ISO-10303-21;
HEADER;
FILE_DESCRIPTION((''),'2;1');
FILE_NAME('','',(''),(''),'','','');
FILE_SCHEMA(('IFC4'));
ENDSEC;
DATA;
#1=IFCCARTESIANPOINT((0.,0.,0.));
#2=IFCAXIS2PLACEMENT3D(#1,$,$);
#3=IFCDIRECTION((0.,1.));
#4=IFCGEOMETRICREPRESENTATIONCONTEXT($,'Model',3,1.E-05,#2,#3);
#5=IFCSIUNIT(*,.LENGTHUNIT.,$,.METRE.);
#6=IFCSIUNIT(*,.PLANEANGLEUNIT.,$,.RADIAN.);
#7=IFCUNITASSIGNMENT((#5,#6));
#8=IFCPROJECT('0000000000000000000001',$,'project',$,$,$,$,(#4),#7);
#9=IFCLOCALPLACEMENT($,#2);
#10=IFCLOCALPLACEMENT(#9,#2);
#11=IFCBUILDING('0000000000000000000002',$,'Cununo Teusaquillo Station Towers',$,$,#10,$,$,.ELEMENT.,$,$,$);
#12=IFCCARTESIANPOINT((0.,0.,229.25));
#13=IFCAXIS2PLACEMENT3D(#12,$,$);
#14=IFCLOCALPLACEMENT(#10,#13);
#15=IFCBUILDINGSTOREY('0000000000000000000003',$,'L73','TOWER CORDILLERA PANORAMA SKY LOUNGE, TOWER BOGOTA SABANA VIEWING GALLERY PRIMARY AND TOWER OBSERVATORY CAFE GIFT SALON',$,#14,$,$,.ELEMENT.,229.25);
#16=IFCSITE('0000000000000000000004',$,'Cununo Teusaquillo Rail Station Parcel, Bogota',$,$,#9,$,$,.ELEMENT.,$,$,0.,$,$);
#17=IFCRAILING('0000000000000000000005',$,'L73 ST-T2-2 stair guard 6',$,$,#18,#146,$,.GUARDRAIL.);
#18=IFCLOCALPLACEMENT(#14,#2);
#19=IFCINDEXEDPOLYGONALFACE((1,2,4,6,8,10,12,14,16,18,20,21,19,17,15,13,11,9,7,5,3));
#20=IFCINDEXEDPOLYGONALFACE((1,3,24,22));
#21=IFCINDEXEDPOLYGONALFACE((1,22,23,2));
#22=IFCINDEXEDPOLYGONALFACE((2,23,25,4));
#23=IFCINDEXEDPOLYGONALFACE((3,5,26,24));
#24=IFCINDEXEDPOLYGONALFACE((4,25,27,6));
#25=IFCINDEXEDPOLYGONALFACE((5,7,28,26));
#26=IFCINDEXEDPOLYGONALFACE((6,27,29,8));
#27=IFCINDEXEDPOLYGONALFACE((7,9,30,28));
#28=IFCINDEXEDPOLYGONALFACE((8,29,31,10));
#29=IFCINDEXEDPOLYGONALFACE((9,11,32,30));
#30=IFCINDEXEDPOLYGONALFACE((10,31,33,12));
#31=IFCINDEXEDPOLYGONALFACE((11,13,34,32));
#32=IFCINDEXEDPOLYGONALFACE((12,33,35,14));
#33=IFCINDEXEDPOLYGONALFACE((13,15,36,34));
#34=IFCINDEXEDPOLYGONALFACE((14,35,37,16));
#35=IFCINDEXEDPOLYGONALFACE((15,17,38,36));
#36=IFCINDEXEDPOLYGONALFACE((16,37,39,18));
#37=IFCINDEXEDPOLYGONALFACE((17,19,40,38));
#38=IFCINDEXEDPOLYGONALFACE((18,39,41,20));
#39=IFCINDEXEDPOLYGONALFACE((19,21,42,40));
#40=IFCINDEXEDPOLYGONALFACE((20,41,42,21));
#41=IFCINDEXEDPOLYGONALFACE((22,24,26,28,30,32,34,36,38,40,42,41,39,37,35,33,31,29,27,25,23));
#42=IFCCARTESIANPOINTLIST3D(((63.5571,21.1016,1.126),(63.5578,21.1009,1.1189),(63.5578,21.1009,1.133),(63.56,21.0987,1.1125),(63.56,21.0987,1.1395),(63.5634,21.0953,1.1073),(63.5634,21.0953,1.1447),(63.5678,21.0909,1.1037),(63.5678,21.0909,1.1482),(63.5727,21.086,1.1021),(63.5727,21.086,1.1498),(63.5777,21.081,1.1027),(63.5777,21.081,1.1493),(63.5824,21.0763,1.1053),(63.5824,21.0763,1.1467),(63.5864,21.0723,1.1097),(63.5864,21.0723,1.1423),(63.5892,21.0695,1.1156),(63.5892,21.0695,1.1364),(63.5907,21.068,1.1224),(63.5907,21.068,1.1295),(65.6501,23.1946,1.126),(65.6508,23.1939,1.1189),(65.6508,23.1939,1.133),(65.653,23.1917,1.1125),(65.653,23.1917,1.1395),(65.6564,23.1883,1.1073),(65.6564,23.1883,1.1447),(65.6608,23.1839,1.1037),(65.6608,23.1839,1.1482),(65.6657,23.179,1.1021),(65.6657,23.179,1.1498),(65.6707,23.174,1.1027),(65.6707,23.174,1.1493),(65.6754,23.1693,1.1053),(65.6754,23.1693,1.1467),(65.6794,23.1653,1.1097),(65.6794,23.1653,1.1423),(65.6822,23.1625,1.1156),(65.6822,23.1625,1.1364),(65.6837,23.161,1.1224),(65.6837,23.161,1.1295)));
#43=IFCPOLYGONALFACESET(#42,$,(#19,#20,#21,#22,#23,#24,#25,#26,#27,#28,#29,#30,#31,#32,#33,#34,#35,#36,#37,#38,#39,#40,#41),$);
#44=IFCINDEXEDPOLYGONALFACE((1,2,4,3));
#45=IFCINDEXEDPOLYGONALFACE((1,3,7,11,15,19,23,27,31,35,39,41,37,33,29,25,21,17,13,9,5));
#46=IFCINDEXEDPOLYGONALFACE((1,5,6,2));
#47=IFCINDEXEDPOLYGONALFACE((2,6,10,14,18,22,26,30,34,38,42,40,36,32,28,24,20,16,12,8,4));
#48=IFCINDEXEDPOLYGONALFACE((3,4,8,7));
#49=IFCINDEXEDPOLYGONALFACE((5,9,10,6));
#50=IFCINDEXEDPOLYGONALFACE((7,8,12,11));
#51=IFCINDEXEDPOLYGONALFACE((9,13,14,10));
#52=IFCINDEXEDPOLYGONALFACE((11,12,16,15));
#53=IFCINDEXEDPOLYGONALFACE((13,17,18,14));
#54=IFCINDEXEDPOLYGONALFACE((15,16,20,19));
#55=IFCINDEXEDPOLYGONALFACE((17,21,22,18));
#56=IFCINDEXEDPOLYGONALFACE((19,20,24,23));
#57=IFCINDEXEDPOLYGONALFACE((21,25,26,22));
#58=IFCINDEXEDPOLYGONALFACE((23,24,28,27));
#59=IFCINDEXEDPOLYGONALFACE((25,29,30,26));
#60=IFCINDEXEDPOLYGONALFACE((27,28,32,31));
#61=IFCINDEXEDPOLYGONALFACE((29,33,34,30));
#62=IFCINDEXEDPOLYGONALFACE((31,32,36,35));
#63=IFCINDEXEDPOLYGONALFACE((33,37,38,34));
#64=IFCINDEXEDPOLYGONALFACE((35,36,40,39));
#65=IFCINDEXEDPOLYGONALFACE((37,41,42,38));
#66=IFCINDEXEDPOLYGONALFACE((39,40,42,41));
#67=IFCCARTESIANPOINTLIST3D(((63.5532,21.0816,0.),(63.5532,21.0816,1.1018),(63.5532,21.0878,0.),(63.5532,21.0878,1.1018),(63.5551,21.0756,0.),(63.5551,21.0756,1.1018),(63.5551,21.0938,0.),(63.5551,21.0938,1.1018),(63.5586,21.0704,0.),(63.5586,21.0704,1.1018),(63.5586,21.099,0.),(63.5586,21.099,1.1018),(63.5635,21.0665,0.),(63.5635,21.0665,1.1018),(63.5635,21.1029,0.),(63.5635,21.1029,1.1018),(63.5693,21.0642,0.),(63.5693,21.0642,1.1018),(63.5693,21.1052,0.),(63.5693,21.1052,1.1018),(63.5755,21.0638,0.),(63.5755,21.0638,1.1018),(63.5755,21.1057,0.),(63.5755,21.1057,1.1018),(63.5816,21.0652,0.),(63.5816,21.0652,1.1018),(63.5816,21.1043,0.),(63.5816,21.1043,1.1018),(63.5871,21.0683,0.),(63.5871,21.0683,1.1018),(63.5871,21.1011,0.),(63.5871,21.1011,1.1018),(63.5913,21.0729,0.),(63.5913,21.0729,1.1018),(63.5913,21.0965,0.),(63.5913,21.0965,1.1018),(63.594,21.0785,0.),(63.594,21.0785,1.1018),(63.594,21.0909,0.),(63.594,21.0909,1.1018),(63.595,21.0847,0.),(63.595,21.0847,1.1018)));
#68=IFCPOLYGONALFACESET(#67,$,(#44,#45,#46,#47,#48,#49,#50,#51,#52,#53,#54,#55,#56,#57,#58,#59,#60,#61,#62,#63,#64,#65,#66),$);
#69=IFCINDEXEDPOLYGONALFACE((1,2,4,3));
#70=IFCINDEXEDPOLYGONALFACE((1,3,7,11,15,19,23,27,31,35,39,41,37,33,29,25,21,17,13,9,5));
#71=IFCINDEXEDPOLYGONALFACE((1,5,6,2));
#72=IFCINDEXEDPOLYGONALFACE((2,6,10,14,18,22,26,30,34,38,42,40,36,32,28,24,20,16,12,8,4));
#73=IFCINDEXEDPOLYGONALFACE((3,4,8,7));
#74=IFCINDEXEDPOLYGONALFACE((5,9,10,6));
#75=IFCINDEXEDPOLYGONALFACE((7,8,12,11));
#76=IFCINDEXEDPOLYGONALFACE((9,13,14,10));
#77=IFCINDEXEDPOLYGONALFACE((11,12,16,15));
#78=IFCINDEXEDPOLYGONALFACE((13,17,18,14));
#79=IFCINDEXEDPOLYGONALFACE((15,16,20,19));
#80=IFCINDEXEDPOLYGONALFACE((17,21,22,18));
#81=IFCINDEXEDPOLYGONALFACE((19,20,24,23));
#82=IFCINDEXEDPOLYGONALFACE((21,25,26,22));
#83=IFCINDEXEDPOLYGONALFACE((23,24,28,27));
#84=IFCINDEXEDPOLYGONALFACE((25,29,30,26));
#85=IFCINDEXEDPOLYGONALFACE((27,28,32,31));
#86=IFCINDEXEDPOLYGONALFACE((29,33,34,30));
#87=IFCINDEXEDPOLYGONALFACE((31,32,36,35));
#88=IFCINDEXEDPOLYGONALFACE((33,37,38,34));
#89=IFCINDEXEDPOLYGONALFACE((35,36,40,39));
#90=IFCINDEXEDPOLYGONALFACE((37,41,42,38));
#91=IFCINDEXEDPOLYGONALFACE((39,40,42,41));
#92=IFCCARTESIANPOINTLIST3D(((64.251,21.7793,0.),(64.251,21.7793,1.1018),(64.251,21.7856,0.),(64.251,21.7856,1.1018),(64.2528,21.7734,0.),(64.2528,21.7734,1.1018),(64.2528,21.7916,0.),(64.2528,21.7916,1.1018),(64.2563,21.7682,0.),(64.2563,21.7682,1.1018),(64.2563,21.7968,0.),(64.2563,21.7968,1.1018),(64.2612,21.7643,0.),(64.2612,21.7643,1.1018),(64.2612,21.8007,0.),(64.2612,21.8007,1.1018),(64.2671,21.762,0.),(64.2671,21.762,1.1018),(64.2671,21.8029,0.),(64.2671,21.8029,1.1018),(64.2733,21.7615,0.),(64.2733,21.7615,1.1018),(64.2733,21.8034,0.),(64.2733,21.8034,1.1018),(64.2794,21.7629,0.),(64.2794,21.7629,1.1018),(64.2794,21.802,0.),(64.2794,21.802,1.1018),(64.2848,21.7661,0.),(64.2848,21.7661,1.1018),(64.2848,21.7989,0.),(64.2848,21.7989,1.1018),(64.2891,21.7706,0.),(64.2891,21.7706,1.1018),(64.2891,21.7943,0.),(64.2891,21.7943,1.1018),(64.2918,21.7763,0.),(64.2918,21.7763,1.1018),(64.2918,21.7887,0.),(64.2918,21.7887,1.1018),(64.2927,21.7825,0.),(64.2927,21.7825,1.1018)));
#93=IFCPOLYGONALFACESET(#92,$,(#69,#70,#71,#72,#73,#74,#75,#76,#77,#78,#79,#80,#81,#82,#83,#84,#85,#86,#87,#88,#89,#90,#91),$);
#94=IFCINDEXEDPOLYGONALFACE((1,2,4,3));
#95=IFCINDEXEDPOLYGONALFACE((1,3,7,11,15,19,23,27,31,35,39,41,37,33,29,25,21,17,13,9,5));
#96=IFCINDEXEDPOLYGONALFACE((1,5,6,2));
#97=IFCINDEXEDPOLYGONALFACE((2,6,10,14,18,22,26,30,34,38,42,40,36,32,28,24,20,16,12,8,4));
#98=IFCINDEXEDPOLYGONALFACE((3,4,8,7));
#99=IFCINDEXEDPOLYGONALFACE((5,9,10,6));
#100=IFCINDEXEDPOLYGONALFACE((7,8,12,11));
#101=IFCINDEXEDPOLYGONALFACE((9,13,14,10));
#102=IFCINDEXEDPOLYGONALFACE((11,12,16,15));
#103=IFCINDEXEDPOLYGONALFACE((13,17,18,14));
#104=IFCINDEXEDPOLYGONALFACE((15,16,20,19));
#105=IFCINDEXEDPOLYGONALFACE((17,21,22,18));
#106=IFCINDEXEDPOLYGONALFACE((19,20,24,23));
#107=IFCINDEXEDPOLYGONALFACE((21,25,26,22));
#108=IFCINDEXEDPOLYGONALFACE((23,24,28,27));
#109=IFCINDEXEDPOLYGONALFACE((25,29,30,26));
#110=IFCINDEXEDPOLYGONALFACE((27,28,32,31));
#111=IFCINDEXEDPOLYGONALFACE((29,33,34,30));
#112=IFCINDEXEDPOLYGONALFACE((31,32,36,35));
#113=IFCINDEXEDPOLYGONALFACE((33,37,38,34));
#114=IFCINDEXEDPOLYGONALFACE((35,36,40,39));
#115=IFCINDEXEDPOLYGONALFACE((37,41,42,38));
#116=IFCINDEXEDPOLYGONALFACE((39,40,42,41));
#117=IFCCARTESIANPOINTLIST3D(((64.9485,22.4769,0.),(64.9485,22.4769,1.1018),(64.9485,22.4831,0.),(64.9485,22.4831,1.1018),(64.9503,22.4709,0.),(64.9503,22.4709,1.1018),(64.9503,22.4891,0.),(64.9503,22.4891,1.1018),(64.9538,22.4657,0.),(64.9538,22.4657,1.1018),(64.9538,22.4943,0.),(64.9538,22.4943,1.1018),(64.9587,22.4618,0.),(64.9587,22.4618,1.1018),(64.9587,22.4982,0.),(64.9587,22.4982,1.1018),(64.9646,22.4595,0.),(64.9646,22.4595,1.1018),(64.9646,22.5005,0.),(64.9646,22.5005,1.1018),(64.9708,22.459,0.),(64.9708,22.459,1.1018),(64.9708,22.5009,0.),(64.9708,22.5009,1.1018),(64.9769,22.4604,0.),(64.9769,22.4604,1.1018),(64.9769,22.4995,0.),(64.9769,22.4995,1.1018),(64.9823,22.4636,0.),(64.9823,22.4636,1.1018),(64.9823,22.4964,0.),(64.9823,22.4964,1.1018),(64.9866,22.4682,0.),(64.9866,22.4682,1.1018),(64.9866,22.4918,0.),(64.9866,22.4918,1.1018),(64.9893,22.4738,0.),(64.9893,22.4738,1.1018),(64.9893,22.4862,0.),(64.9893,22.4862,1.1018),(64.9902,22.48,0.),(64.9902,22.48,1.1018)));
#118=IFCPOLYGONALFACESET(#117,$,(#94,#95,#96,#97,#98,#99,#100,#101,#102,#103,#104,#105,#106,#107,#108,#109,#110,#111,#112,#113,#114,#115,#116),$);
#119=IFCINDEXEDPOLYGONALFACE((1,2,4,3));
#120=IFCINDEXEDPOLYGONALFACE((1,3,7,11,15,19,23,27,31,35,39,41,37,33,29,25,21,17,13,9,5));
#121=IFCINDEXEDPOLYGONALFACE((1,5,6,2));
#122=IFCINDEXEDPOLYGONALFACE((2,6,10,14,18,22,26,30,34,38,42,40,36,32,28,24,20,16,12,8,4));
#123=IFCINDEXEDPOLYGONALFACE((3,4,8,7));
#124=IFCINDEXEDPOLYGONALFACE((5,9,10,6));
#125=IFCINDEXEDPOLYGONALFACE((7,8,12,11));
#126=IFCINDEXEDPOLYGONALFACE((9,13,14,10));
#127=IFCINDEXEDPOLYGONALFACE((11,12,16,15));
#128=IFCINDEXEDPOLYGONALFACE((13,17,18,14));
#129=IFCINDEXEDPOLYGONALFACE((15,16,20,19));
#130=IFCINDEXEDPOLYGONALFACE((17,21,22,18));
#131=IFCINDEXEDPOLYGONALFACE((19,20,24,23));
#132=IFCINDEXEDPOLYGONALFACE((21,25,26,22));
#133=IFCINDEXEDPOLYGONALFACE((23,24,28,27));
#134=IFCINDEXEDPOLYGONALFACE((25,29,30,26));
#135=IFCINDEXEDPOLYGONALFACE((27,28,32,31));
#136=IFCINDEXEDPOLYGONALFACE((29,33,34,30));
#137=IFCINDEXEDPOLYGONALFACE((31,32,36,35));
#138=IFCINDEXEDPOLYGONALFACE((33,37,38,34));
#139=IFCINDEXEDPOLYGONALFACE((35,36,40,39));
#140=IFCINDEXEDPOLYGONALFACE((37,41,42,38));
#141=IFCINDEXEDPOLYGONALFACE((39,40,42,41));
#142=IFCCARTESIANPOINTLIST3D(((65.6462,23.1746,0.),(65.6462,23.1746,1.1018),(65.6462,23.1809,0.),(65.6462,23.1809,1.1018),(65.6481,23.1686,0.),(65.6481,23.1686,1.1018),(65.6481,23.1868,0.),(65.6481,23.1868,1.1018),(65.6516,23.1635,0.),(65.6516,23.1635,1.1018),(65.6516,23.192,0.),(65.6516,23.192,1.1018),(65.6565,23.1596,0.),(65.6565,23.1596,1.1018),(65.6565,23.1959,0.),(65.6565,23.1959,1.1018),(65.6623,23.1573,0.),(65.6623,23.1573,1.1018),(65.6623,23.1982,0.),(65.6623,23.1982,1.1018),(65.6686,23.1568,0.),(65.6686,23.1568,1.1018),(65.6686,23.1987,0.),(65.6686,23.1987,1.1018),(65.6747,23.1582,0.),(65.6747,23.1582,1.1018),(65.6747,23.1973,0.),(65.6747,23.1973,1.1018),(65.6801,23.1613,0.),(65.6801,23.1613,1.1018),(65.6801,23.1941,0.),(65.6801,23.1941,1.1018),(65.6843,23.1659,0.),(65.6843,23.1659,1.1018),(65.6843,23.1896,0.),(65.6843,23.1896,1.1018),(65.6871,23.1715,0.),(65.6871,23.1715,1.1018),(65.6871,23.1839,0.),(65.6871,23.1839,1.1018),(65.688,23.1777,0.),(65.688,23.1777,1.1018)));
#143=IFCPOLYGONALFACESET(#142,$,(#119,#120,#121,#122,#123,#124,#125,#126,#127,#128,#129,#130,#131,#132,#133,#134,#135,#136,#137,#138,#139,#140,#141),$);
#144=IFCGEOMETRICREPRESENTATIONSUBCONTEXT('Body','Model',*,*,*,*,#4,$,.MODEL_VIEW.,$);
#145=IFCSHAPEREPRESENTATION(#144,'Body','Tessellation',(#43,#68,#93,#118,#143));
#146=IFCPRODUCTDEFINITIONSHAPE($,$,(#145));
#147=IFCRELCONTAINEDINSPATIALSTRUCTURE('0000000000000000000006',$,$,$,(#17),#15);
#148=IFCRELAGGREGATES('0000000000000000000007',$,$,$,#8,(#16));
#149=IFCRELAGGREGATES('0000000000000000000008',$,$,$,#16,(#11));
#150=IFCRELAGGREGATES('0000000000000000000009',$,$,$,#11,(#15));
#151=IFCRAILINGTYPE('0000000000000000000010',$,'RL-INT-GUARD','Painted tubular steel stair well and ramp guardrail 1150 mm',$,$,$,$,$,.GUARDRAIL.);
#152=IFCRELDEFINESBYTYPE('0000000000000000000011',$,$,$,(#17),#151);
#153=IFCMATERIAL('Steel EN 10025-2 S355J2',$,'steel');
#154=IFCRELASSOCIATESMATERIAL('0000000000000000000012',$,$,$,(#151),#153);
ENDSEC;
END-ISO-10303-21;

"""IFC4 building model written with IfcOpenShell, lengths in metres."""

from ifc_helpers import new_model, si_unit, direction, frame, origin, origin_2d, place, context, subcontext, project, spatial, circle, extrude, material, type_object, element, save


model = new_model("IFC4")

# Units and contexts
model_context = context("Model", 3, precision=1e-05, world=origin(), true_north=direction((0.0, 1.0)))
body_context = subcontext(model_context, "Body", "Model", "MODEL_VIEW")
ifc_project = project(units=[si_unit("LENGTHUNIT", "METRE"), si_unit("PLANEANGLEUNIT", "RADIAN")], contexts=[model_context])

# Site, building, storey
site_placement = place(None, origin())
site = spatial("IfcSite", under=ifc_project, at=site_placement, Name="Cununo Teusaquillo Rail Station Parcel, Bogota", CompositionType="ELEMENT", RefElevation=0.0)
building_placement = place(site_placement, origin())
building = spatial("IfcBuilding", under=site, at=building_placement, Name="Cununo Teusaquillo Station Towers", CompositionType="ELEMENT")
storey_placement = place(building_placement, frame((0.0, 0.0, 229.25)))
storey = spatial("IfcBuildingStorey", under=building, at=storey_placement, Name="L73", Description="TOWER CORDILLERA PANORAMA SKY LOUNGE, TOWER BOGOTA SABANA VIEWING GALLERY PRIMARY AND TOWER OBSERVATORY CAFE GIFT SALON", CompositionType="ELEMENT", Elevation=229.25)

# Railing
ifc_material_1 = material(Name="Steel EN 10025-2 S355J2", Category="steel")
railing_type = type_object("IfcRailingType", Name="RL-INT-GUARD", Description="Painted tubular steel stair well and ramp guardrail 1150 mm", PredefinedType="GUARDRAIL", material=ifc_material_1)
railing_1_placement = place(storey_placement, frame((63.574, 21.0847, 0.0)))
element("IfcRailing", 1, at=railing_1_placement, inside=storey, type_object=railing_type, Name="L73 ST-T2-2 stair guard 6", PredefinedType="GUARDRAIL", context=body_context, shape_type="SweptSolid", body=[
    extrude(circle(Radius=0.0239, at=origin_2d()), frame((0.0, 0.0, 1.126), z_axis=(0.707107, 0.707107, 0.0), x_axis=(-0.707107, 0.707107, 0.0)), (0.0, 0.0, 1.0), 2.96),
    extrude(circle(Radius=0.021, at=origin_2d()), origin(), (0.0, 0.0, 1.0), 1.1018),
    extrude(circle(Radius=0.021, at=origin_2d()), frame((0.6978, 0.6978, 0.0)), (0.0, 0.0, 1.0), 1.1018),
    extrude(circle(Radius=0.021, at=origin_2d()), frame((1.3953, 1.3953, 0.0)), (0.0, 0.0, 1.0), 1.1018),
    extrude(circle(Radius=0.021, at=origin_2d()), frame((2.093, 2.093, 0.0)), (0.0, 0.0, 1.0), 1.1018),
])

save(model, "model.ifc")
